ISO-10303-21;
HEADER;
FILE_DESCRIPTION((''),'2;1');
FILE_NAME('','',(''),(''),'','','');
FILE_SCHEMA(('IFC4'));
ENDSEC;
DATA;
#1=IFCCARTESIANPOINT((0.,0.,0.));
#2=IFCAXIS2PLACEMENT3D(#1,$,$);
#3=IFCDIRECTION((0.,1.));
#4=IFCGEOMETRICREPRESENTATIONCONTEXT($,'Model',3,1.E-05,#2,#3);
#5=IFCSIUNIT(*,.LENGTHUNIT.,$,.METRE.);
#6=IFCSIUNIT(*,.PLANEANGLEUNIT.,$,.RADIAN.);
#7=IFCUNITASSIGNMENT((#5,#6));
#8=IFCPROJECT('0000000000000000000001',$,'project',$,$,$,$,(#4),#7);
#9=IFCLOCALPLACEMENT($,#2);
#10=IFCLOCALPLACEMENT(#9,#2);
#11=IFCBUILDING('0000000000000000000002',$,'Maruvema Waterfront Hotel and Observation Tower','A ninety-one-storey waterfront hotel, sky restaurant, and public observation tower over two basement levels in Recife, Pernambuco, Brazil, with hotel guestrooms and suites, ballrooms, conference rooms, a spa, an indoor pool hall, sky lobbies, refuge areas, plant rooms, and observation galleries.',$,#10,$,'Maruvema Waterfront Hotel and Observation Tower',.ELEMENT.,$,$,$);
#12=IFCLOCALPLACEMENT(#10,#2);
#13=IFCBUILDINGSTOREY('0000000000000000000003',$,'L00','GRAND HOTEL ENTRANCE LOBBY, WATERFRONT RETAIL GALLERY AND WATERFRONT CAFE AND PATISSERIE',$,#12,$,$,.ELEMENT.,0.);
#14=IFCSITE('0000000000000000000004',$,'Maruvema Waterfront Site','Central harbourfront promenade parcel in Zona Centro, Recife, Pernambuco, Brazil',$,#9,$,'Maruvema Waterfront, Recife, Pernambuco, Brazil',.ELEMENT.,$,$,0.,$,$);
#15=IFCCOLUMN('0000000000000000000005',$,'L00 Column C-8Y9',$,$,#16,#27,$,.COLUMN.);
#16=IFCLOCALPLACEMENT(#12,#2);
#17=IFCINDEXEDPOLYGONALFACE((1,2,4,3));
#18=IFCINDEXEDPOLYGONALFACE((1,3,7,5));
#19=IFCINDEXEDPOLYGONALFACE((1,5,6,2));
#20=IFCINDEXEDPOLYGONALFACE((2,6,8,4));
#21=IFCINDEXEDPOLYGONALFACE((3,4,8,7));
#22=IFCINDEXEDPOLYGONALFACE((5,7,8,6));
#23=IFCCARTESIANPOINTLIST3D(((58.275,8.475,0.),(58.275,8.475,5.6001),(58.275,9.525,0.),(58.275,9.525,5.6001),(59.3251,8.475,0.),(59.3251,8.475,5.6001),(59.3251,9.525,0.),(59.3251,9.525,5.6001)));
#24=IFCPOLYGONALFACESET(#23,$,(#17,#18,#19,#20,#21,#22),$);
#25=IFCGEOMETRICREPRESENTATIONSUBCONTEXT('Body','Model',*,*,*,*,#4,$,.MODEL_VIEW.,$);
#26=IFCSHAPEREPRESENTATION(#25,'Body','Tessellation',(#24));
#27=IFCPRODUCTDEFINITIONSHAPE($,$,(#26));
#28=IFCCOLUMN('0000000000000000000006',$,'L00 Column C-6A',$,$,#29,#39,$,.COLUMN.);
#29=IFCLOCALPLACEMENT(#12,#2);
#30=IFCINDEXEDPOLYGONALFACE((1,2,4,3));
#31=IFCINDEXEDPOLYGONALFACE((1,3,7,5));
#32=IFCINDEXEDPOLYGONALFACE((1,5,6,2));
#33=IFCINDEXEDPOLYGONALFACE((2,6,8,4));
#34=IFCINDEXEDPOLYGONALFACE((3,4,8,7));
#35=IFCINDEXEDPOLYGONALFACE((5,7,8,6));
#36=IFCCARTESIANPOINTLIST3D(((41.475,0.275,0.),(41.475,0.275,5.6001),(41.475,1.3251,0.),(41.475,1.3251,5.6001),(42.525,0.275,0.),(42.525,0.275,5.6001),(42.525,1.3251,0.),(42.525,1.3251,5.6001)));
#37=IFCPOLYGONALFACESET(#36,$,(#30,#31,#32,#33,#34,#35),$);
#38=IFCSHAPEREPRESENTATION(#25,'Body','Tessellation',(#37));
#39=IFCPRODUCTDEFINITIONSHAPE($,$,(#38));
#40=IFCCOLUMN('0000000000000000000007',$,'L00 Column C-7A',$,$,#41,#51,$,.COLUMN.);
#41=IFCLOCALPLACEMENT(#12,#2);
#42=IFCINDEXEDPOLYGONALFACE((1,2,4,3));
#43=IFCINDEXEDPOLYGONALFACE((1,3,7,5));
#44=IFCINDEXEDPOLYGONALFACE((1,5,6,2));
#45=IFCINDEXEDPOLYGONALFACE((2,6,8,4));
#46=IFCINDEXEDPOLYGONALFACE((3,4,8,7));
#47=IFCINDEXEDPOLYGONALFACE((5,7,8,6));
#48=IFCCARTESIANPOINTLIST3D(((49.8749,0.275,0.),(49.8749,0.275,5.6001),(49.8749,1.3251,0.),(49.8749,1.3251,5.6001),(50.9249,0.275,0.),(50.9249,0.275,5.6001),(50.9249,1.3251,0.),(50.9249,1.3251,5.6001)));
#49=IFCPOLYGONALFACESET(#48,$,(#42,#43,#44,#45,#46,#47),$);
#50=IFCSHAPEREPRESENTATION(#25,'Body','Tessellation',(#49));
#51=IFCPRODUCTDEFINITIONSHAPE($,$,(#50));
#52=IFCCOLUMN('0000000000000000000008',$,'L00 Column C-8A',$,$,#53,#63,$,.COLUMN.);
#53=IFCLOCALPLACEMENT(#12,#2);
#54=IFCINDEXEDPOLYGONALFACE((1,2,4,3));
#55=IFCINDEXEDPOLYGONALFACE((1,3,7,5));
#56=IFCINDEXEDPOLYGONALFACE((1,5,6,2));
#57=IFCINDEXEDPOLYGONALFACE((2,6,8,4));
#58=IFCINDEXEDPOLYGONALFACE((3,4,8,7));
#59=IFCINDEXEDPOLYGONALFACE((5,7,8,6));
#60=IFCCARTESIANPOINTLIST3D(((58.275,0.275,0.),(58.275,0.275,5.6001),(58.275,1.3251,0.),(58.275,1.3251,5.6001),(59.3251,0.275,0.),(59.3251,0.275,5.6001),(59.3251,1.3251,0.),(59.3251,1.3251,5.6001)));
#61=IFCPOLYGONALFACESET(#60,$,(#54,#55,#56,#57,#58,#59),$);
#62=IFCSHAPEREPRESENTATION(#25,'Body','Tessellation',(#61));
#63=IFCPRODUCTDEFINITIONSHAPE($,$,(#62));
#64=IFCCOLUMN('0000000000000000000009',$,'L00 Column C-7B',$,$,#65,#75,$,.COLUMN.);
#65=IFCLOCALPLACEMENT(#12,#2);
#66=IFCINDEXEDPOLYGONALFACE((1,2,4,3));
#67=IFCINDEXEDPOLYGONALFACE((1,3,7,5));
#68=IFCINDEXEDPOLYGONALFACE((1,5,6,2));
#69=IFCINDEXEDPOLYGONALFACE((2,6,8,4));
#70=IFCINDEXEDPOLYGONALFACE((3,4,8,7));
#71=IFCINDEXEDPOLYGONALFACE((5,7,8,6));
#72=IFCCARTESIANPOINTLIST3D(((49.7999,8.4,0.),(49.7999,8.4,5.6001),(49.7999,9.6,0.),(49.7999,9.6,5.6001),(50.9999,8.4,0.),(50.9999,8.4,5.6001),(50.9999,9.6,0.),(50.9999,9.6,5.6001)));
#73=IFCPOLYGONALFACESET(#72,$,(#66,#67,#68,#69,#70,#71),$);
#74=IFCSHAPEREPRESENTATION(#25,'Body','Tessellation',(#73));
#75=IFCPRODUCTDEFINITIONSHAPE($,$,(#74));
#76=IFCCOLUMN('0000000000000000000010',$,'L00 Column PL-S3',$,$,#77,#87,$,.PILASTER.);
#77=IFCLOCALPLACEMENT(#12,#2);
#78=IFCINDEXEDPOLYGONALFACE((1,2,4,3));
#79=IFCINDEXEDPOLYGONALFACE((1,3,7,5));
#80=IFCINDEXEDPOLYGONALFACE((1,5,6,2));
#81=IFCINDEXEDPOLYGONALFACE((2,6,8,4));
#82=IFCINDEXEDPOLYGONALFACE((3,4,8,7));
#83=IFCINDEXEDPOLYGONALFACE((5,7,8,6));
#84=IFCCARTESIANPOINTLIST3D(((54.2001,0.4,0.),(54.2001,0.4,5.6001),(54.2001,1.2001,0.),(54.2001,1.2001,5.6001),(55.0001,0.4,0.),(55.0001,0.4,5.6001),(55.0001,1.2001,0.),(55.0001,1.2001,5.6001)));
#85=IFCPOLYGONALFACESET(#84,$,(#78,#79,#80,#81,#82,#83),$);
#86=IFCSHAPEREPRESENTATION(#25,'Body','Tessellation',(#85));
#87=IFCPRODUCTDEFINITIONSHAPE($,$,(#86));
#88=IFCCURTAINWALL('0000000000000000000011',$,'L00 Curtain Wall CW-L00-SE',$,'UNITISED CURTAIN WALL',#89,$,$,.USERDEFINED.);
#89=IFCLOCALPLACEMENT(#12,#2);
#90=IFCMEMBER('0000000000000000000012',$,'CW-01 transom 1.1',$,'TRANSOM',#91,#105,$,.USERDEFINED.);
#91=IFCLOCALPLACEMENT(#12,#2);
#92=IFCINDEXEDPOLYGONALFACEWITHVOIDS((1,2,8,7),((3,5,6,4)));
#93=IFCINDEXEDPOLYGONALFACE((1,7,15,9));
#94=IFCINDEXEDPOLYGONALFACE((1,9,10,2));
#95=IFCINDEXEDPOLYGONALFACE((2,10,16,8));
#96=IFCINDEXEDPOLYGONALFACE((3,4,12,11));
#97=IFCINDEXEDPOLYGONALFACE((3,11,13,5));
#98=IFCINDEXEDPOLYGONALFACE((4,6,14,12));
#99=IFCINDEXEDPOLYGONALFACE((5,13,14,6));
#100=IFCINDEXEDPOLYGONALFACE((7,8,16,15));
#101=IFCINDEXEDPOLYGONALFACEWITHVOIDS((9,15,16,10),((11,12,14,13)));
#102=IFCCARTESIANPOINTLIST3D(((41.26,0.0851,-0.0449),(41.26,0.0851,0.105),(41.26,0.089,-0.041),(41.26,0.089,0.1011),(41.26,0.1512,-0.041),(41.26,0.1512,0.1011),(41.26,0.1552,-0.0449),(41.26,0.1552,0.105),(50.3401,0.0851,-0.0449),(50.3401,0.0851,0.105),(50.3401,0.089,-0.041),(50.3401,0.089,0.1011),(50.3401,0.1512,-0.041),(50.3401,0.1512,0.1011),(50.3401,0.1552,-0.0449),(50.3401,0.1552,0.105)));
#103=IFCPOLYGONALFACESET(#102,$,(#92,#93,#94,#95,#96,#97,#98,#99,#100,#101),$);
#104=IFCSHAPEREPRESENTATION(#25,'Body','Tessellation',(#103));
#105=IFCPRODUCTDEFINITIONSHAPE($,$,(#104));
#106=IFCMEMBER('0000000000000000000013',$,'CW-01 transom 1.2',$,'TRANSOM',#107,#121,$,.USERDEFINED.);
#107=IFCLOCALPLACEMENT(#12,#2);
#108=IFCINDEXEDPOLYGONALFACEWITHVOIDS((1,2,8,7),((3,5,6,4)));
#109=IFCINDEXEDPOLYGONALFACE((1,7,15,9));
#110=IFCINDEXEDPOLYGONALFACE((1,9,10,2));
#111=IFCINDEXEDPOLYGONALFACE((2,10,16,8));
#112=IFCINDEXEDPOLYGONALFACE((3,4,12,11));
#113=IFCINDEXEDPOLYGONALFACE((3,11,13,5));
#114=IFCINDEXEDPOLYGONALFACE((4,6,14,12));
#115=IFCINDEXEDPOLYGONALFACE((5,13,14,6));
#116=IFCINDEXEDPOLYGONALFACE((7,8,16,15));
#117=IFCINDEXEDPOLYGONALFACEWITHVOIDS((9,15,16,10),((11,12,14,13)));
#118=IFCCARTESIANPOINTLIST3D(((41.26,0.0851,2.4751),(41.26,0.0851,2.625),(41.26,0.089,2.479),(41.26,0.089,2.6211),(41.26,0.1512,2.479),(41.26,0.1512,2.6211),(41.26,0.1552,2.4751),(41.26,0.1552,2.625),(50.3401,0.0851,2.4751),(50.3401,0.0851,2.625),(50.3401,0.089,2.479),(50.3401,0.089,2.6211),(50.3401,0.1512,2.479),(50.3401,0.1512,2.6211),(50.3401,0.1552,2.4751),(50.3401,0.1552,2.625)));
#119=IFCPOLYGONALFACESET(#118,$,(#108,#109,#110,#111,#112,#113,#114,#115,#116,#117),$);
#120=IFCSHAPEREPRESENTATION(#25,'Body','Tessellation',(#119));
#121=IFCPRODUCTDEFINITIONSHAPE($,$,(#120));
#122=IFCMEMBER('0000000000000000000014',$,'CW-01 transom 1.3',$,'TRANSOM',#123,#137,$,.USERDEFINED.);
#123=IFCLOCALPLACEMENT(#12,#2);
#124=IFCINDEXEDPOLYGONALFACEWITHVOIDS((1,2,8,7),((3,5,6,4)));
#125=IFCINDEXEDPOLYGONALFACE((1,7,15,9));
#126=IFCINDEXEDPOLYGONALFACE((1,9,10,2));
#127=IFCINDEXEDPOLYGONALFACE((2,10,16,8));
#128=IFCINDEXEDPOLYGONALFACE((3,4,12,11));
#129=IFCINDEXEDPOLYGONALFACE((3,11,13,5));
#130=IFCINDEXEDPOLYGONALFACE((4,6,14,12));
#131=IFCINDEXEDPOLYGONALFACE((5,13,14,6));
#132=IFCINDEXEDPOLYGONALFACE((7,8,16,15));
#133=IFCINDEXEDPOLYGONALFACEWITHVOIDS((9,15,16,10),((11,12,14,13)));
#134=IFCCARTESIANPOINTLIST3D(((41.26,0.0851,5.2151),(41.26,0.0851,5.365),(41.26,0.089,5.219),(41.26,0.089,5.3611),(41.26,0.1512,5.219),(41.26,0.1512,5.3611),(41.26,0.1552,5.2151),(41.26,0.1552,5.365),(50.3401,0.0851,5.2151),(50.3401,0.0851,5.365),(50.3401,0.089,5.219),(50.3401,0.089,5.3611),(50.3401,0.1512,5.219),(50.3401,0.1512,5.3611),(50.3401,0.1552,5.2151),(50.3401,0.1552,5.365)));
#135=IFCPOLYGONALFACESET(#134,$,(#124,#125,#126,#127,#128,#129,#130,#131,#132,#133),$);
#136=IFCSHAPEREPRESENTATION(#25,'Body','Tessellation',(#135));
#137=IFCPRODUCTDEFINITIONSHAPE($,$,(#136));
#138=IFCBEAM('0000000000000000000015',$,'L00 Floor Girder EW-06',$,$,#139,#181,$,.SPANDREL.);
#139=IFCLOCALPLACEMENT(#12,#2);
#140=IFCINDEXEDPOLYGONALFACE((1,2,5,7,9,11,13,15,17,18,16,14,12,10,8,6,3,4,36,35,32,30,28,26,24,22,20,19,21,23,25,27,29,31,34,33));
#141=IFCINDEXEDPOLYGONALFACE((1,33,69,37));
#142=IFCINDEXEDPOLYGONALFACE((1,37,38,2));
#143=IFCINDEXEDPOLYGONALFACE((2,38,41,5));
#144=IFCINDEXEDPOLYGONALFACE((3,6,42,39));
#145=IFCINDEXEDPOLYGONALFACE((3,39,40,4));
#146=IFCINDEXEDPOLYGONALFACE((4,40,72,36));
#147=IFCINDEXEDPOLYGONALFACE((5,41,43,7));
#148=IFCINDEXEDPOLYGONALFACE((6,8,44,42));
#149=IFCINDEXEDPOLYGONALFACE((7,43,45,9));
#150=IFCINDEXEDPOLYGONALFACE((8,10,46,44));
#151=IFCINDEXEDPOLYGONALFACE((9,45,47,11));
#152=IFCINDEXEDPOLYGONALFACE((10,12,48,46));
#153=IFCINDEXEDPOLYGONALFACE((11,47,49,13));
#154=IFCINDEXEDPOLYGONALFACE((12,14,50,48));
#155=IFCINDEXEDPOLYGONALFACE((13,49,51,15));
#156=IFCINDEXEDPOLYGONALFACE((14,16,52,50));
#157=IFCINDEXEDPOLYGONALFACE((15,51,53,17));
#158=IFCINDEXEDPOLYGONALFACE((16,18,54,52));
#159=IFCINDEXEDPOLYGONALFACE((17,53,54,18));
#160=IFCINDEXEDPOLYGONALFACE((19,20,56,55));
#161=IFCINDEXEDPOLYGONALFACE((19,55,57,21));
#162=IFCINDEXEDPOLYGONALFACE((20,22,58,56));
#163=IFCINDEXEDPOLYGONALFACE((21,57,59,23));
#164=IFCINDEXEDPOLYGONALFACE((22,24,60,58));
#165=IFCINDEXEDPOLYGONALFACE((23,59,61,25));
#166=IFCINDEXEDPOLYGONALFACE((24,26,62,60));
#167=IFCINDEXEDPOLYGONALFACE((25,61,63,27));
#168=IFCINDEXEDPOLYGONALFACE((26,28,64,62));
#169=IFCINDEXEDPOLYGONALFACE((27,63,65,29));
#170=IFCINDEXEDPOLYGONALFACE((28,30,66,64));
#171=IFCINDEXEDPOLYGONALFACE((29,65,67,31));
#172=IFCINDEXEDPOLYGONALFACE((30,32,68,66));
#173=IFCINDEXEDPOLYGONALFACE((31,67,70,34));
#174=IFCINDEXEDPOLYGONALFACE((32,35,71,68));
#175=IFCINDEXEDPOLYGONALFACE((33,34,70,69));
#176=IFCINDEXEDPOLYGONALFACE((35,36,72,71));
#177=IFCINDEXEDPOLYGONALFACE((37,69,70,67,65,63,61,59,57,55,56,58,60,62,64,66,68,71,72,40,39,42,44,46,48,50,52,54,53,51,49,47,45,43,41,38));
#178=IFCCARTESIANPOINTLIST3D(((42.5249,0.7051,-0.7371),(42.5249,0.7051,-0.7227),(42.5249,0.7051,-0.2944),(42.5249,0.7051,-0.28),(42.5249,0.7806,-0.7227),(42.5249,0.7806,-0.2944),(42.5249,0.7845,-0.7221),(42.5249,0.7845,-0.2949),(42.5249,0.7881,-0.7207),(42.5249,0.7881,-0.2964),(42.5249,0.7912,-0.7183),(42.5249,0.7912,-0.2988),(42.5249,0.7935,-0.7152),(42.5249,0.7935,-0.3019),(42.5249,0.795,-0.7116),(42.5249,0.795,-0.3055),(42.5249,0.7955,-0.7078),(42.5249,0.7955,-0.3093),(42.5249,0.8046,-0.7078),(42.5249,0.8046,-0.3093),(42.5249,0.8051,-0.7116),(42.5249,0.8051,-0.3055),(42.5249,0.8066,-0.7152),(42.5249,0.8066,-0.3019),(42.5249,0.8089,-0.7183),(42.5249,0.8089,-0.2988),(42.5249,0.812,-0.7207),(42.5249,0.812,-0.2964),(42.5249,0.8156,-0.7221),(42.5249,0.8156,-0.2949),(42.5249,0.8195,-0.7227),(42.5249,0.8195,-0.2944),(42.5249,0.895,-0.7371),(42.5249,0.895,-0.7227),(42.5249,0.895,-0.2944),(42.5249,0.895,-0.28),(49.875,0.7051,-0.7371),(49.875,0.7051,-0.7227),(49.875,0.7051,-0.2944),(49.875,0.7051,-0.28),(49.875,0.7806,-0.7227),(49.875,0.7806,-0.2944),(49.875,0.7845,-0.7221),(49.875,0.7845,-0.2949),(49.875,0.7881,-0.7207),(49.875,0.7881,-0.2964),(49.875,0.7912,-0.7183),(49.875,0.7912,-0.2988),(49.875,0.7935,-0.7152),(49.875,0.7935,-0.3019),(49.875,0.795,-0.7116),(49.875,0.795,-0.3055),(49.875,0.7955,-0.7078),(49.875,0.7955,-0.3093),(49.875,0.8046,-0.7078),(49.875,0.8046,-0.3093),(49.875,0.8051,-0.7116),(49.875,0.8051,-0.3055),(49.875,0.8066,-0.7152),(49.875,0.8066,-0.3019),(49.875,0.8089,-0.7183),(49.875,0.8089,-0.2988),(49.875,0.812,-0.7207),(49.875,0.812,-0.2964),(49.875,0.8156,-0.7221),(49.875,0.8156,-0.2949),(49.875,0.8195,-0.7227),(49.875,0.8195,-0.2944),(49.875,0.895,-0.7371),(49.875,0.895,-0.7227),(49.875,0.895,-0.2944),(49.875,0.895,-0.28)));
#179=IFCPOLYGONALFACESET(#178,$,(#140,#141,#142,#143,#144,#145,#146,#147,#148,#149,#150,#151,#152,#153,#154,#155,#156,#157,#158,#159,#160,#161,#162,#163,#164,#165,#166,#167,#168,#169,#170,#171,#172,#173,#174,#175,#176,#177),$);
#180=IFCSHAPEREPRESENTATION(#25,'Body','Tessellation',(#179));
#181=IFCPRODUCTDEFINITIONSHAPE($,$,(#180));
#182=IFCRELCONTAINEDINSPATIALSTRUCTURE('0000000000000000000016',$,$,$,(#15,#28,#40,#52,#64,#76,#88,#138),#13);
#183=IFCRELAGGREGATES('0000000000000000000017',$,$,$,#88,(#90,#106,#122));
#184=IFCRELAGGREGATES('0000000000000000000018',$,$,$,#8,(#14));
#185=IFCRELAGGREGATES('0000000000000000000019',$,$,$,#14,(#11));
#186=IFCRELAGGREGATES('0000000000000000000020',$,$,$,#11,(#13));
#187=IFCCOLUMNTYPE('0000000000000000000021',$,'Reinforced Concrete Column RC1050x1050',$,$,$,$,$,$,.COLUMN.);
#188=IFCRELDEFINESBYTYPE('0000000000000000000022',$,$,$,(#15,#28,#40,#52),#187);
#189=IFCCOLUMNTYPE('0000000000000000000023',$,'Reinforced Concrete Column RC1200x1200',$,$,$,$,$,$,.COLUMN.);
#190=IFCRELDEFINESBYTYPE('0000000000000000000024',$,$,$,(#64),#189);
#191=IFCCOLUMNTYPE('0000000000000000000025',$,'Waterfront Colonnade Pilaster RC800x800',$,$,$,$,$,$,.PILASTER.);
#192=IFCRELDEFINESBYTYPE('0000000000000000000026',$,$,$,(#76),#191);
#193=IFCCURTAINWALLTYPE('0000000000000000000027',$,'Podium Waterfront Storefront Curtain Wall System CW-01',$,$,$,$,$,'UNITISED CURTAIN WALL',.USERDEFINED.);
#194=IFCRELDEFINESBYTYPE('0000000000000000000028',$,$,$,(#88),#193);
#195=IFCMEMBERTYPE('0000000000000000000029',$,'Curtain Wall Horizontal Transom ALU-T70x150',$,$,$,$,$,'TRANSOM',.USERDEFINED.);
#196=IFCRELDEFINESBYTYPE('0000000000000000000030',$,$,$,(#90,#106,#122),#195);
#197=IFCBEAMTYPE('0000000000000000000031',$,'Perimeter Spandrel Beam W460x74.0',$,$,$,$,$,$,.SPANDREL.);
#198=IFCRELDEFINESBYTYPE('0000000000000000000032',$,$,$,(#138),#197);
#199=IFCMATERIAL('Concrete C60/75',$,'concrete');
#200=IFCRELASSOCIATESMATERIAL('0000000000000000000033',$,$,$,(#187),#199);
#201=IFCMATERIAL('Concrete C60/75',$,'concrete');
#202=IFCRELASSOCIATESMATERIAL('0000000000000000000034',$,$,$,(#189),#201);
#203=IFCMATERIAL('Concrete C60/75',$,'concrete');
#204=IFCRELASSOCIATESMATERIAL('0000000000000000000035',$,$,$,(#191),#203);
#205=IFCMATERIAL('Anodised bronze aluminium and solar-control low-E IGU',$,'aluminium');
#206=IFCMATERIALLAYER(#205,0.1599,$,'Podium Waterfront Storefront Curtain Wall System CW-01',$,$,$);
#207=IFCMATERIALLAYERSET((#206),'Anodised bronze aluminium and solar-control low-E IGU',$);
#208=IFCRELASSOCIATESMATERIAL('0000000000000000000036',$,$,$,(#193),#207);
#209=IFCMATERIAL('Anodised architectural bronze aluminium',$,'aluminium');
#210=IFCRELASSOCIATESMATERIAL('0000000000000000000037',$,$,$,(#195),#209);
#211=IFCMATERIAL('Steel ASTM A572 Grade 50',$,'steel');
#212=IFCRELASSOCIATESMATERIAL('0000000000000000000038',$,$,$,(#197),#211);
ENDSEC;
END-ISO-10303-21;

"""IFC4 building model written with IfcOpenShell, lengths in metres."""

from ifc_helpers import new_model, si_unit, direction, frame, origin, origin_2d, place, context, subcontext, project, spatial, rectangle, hollow_rectangle, i_section, extrude, material, layer, layer_set, material_profile, profile_set, type_object, element, aggregate, save


model = new_model("IFC4")

# Units and contexts
model_context = context("Model", 3, precision=1e-05, world=origin(), true_north=direction((0.0, 1.0)))
body_context = subcontext(model_context, "Body", "Model", "MODEL_VIEW")
ifc_project = project(units=[si_unit("LENGTHUNIT", "METRE"), si_unit("PLANEANGLEUNIT", "RADIAN")], contexts=[model_context])

# Site, building, storey
site_placement = place(None, origin())
site = spatial("IfcSite", under=ifc_project, at=site_placement, Name="Maruvema Waterfront Site", Description="Central harbourfront promenade parcel in Zona Centro, Recife, Pernambuco, Brazil", LongName="Maruvema Waterfront, Recife, Pernambuco, Brazil", CompositionType="ELEMENT", RefElevation=0.0)
building_placement = place(site_placement, origin())
building = spatial("IfcBuilding", under=site, at=building_placement, Name="Maruvema Waterfront Hotel and Observation Tower", Description="A ninety-one-storey waterfront hotel, sky restaurant, and public observation tower over two basement levels in Recife, Pernambuco, Brazil, with hotel guestrooms and suites, ballrooms, conference rooms, a spa, an indoor pool hall, sky lobbies, refuge areas, plant rooms, and observation galleries.", LongName="Maruvema Waterfront Hotel and Observation Tower", CompositionType="ELEMENT")
storey_placement = place(building_placement, origin())
storey = spatial("IfcBuildingStorey", under=building, at=storey_placement, Name="L00", Description="GRAND HOTEL ENTRANCE LOBBY, WATERFRONT RETAIL GALLERY AND WATERFRONT CAFE AND PATISSERIE", CompositionType="ELEMENT", Elevation=0.0)

# Columns
ifc_material_1 = material(Name="Concrete C60/75", Category="concrete")
ifc_material_profile_1 = material_profile(ifc_material_1, rectangle(XDim=1.05, YDim=1.05, at=origin_2d()), Name="RC1050x1050")
ifc_profile_set_1 = profile_set([ifc_material_profile_1], Name="Concrete C60/75")
column_type_1 = type_object("IfcColumnType", Name="Reinforced Concrete Column RC1050x1050", PredefinedType="COLUMN", material=ifc_profile_set_1)
for number, where, z_axis, x_axis, name in (
    (1, (58.8, 9.0, 0.0), (0.0, 0.0, 1.0), (1.0, 0.0, 0.0), "L00 Column C-8Y9"),
    (2, (42.0, 0.8, 0.0), (0.0, 0.0, 1.0), (1.0, 0.0, 0.0), "L00 Column C-6A"),
    (3, (50.3999, 0.8, 0.0), (0.0, 0.0, 1.0), (1.0, 0.0, 0.0), "L00 Column C-7A"),
    (4, (58.8, 0.8, 0.0), (0.0, 0.0, 1.0), (1.0, 0.0, 0.0), "L00 Column C-8A"),
):
    element("IfcColumn", number, at=place(storey_placement, frame(where, z_axis=z_axis, x_axis=x_axis)), inside=storey, type_object=column_type_1, Name=name, PredefinedType="COLUMN", context=body_context, shape_type="SweptSolid", body=[
        extrude(rectangle(XDim=1.05, YDim=1.05, at=origin_2d()), origin(), (0.0, 0.0, 1.0), 5.6001),
    ])
ifc_material_2 = material(Name="Concrete C60/75", Category="concrete")
ifc_material_profile_2 = material_profile(ifc_material_2, rectangle(XDim=1.2, YDim=1.2, at=origin_2d()), Name="RC1200x1200")
ifc_profile_set_2 = profile_set([ifc_material_profile_2], Name="Concrete C60/75")
column_type_2 = type_object("IfcColumnType", Name="Reinforced Concrete Column RC1200x1200", PredefinedType="COLUMN", material=ifc_profile_set_2)
column_1_placement = place(storey_placement, frame((50.3999, 9.0, 0.0), z_axis=(0.0, 0.0, 1.0), x_axis=(1.0, 0.0, 0.0)))
element("IfcColumn", 5, at=column_1_placement, inside=storey, type_object=column_type_2, Name="L00 Column C-7B", PredefinedType="COLUMN", context=body_context, shape_type="SweptSolid", body=[
    extrude(rectangle(XDim=1.2, YDim=1.2, at=origin_2d()), origin(), (0.0, 0.0, 1.0), 5.6001),
])
ifc_material_3 = material(Name="Concrete C60/75", Category="concrete")
ifc_material_profile_3 = material_profile(ifc_material_3, rectangle(XDim=0.8, YDim=0.8, at=origin_2d()), Name="RC800x800")
ifc_profile_set_3 = profile_set([ifc_material_profile_3], Name="Concrete C60/75")
column_type_3 = type_object("IfcColumnType", Name="Waterfront Colonnade Pilaster RC800x800", PredefinedType="PILASTER", material=ifc_profile_set_3)
column_2_placement = place(storey_placement, frame((54.6001, 0.8, 0.0), z_axis=(0.0, 0.0, 1.0), x_axis=(1.0, 0.0, 0.0)))
element("IfcColumn", 6, at=column_2_placement, inside=storey, type_object=column_type_3, Name="L00 Column PL-S3", PredefinedType="PILASTER", context=body_context, shape_type="SweptSolid", body=[
    extrude(rectangle(XDim=0.8, YDim=0.8, at=origin_2d()), origin(), (0.0, 0.0, 1.0), 5.6001),
])

# Curtain wall, members
ifc_material_4 = material(Name="Anodised bronze aluminium and solar-control low-E IGU", Category="aluminium")
ifc_layer_1 = layer(ifc_material_4, 0.1599, Name="Podium Waterfront Storefront Curtain Wall System CW-01")
ifc_layer_set_1 = layer_set([ifc_layer_1], Name="Anodised bronze aluminium and solar-control low-E IGU")
curtain_wall_type = type_object("IfcCurtainWallType", Name="Podium Waterfront Storefront Curtain Wall System CW-01", ElementType="UNITISED CURTAIN WALL", PredefinedType="USERDEFINED", material=ifc_layer_set_1)
curtain_wall_placement = place(storey_placement, origin())
curtain_wall = element("IfcCurtainWall", 7, at=curtain_wall_placement, inside=storey, type_object=curtain_wall_type, Name="L00 Curtain Wall CW-L00-SE", ObjectType="UNITISED CURTAIN WALL", PredefinedType="USERDEFINED")
ifc_material_5 = material(Name="Anodised architectural bronze aluminium", Category="aluminium")
ifc_material_profile_4 = material_profile(ifc_material_5, hollow_rectangle(XDim=0.0701, YDim=0.1499, WallThickness=0.0039, at=origin_2d()), Name="ALU-T70x150")
ifc_profile_set_4 = profile_set([ifc_material_profile_4], Name="Anodised architectural bronze aluminium")
member_type_1 = type_object("IfcMemberType", Name="Curtain Wall Horizontal Transom ALU-T70x150", ElementType="TRANSOM", PredefinedType="USERDEFINED", material=ifc_profile_set_4)
member_1_placement = place(storey_placement, frame((41.26, 0.1201, 0.03), z_axis=(1.0, 0.0, 0.0), x_axis=(0.0, 1.0, 0.0)))
member_1 = element("IfcMember", 8, at=member_1_placement, type_object=member_type_1, Name="CW-01 transom 1.1", ObjectType="TRANSOM", PredefinedType="USERDEFINED", context=body_context, shape_type="SweptSolid", body=[
    extrude(hollow_rectangle(XDim=0.0701, YDim=0.1499, WallThickness=0.0039, at=origin_2d()), origin(), (0.0, 0.0, 1.0), 9.0801),
])
member_2_placement = place(storey_placement, frame((41.26, 0.1201, 2.55), z_axis=(1.0, 0.0, 0.0), x_axis=(0.0, 1.0, 0.0)))
member_2 = element("IfcMember", 9, at=member_2_placement, type_object=member_type_1, Name="CW-01 transom 1.2", ObjectType="TRANSOM", PredefinedType="USERDEFINED", context=body_context, shape_type="SweptSolid", body=[
    extrude(hollow_rectangle(XDim=0.0701, YDim=0.1499, WallThickness=0.0039, at=origin_2d()), origin(), (0.0, 0.0, 1.0), 9.0801),
])
member_3_placement = place(storey_placement, frame((41.26, 0.1201, 5.29), z_axis=(1.0, 0.0, 0.0), x_axis=(0.0, 1.0, 0.0)))
member_3 = element("IfcMember", 10, at=member_3_placement, type_object=member_type_1, Name="CW-01 transom 1.3", ObjectType="TRANSOM", PredefinedType="USERDEFINED", context=body_context, shape_type="SweptSolid", body=[
    extrude(hollow_rectangle(XDim=0.0701, YDim=0.1499, WallThickness=0.0039, at=origin_2d()), origin(), (0.0, 0.0, 1.0), 9.0801),
])

# Beam
ifc_material_6 = material(Name="Steel ASTM A572 Grade 50", Category="steel")
ifc_material_profile_5 = material_profile(ifc_material_6, i_section(OverallWidth=0.1899, OverallDepth=0.457, WebThickness=0.009, FlangeThickness=0.0144, FilletRadius=0.0149, at=origin_2d()), Name="W460x74.0")
ifc_profile_set_5 = profile_set([ifc_material_profile_5], Name="Steel ASTM A572 Grade 50")
beam_type_1 = type_object("IfcBeamType", Name="Perimeter Spandrel Beam W460x74.0", PredefinedType="SPANDREL", material=ifc_profile_set_5)
beam_1_placement = place(storey_placement, frame((42.5249, 0.8, -0.5085), z_axis=(1.0, 0.0, 0.0), x_axis=(0.0, 1.0, 0.0)))
element("IfcBeam", 11, at=beam_1_placement, inside=storey, type_object=beam_type_1, Name="L00 Floor Girder EW-06", PredefinedType="SPANDREL", context=body_context, shape_type="SweptSolid", body=[
    extrude(i_section(OverallWidth=0.1899, OverallDepth=0.457, WebThickness=0.009, FlangeThickness=0.0144, FilletRadius=0.0149, at=origin_2d()), origin(), (0.0, 0.0, 1.0), 7.3501),
])

aggregate(curtain_wall, [member_1, member_2, member_3])

save(model, "model.ifc")
